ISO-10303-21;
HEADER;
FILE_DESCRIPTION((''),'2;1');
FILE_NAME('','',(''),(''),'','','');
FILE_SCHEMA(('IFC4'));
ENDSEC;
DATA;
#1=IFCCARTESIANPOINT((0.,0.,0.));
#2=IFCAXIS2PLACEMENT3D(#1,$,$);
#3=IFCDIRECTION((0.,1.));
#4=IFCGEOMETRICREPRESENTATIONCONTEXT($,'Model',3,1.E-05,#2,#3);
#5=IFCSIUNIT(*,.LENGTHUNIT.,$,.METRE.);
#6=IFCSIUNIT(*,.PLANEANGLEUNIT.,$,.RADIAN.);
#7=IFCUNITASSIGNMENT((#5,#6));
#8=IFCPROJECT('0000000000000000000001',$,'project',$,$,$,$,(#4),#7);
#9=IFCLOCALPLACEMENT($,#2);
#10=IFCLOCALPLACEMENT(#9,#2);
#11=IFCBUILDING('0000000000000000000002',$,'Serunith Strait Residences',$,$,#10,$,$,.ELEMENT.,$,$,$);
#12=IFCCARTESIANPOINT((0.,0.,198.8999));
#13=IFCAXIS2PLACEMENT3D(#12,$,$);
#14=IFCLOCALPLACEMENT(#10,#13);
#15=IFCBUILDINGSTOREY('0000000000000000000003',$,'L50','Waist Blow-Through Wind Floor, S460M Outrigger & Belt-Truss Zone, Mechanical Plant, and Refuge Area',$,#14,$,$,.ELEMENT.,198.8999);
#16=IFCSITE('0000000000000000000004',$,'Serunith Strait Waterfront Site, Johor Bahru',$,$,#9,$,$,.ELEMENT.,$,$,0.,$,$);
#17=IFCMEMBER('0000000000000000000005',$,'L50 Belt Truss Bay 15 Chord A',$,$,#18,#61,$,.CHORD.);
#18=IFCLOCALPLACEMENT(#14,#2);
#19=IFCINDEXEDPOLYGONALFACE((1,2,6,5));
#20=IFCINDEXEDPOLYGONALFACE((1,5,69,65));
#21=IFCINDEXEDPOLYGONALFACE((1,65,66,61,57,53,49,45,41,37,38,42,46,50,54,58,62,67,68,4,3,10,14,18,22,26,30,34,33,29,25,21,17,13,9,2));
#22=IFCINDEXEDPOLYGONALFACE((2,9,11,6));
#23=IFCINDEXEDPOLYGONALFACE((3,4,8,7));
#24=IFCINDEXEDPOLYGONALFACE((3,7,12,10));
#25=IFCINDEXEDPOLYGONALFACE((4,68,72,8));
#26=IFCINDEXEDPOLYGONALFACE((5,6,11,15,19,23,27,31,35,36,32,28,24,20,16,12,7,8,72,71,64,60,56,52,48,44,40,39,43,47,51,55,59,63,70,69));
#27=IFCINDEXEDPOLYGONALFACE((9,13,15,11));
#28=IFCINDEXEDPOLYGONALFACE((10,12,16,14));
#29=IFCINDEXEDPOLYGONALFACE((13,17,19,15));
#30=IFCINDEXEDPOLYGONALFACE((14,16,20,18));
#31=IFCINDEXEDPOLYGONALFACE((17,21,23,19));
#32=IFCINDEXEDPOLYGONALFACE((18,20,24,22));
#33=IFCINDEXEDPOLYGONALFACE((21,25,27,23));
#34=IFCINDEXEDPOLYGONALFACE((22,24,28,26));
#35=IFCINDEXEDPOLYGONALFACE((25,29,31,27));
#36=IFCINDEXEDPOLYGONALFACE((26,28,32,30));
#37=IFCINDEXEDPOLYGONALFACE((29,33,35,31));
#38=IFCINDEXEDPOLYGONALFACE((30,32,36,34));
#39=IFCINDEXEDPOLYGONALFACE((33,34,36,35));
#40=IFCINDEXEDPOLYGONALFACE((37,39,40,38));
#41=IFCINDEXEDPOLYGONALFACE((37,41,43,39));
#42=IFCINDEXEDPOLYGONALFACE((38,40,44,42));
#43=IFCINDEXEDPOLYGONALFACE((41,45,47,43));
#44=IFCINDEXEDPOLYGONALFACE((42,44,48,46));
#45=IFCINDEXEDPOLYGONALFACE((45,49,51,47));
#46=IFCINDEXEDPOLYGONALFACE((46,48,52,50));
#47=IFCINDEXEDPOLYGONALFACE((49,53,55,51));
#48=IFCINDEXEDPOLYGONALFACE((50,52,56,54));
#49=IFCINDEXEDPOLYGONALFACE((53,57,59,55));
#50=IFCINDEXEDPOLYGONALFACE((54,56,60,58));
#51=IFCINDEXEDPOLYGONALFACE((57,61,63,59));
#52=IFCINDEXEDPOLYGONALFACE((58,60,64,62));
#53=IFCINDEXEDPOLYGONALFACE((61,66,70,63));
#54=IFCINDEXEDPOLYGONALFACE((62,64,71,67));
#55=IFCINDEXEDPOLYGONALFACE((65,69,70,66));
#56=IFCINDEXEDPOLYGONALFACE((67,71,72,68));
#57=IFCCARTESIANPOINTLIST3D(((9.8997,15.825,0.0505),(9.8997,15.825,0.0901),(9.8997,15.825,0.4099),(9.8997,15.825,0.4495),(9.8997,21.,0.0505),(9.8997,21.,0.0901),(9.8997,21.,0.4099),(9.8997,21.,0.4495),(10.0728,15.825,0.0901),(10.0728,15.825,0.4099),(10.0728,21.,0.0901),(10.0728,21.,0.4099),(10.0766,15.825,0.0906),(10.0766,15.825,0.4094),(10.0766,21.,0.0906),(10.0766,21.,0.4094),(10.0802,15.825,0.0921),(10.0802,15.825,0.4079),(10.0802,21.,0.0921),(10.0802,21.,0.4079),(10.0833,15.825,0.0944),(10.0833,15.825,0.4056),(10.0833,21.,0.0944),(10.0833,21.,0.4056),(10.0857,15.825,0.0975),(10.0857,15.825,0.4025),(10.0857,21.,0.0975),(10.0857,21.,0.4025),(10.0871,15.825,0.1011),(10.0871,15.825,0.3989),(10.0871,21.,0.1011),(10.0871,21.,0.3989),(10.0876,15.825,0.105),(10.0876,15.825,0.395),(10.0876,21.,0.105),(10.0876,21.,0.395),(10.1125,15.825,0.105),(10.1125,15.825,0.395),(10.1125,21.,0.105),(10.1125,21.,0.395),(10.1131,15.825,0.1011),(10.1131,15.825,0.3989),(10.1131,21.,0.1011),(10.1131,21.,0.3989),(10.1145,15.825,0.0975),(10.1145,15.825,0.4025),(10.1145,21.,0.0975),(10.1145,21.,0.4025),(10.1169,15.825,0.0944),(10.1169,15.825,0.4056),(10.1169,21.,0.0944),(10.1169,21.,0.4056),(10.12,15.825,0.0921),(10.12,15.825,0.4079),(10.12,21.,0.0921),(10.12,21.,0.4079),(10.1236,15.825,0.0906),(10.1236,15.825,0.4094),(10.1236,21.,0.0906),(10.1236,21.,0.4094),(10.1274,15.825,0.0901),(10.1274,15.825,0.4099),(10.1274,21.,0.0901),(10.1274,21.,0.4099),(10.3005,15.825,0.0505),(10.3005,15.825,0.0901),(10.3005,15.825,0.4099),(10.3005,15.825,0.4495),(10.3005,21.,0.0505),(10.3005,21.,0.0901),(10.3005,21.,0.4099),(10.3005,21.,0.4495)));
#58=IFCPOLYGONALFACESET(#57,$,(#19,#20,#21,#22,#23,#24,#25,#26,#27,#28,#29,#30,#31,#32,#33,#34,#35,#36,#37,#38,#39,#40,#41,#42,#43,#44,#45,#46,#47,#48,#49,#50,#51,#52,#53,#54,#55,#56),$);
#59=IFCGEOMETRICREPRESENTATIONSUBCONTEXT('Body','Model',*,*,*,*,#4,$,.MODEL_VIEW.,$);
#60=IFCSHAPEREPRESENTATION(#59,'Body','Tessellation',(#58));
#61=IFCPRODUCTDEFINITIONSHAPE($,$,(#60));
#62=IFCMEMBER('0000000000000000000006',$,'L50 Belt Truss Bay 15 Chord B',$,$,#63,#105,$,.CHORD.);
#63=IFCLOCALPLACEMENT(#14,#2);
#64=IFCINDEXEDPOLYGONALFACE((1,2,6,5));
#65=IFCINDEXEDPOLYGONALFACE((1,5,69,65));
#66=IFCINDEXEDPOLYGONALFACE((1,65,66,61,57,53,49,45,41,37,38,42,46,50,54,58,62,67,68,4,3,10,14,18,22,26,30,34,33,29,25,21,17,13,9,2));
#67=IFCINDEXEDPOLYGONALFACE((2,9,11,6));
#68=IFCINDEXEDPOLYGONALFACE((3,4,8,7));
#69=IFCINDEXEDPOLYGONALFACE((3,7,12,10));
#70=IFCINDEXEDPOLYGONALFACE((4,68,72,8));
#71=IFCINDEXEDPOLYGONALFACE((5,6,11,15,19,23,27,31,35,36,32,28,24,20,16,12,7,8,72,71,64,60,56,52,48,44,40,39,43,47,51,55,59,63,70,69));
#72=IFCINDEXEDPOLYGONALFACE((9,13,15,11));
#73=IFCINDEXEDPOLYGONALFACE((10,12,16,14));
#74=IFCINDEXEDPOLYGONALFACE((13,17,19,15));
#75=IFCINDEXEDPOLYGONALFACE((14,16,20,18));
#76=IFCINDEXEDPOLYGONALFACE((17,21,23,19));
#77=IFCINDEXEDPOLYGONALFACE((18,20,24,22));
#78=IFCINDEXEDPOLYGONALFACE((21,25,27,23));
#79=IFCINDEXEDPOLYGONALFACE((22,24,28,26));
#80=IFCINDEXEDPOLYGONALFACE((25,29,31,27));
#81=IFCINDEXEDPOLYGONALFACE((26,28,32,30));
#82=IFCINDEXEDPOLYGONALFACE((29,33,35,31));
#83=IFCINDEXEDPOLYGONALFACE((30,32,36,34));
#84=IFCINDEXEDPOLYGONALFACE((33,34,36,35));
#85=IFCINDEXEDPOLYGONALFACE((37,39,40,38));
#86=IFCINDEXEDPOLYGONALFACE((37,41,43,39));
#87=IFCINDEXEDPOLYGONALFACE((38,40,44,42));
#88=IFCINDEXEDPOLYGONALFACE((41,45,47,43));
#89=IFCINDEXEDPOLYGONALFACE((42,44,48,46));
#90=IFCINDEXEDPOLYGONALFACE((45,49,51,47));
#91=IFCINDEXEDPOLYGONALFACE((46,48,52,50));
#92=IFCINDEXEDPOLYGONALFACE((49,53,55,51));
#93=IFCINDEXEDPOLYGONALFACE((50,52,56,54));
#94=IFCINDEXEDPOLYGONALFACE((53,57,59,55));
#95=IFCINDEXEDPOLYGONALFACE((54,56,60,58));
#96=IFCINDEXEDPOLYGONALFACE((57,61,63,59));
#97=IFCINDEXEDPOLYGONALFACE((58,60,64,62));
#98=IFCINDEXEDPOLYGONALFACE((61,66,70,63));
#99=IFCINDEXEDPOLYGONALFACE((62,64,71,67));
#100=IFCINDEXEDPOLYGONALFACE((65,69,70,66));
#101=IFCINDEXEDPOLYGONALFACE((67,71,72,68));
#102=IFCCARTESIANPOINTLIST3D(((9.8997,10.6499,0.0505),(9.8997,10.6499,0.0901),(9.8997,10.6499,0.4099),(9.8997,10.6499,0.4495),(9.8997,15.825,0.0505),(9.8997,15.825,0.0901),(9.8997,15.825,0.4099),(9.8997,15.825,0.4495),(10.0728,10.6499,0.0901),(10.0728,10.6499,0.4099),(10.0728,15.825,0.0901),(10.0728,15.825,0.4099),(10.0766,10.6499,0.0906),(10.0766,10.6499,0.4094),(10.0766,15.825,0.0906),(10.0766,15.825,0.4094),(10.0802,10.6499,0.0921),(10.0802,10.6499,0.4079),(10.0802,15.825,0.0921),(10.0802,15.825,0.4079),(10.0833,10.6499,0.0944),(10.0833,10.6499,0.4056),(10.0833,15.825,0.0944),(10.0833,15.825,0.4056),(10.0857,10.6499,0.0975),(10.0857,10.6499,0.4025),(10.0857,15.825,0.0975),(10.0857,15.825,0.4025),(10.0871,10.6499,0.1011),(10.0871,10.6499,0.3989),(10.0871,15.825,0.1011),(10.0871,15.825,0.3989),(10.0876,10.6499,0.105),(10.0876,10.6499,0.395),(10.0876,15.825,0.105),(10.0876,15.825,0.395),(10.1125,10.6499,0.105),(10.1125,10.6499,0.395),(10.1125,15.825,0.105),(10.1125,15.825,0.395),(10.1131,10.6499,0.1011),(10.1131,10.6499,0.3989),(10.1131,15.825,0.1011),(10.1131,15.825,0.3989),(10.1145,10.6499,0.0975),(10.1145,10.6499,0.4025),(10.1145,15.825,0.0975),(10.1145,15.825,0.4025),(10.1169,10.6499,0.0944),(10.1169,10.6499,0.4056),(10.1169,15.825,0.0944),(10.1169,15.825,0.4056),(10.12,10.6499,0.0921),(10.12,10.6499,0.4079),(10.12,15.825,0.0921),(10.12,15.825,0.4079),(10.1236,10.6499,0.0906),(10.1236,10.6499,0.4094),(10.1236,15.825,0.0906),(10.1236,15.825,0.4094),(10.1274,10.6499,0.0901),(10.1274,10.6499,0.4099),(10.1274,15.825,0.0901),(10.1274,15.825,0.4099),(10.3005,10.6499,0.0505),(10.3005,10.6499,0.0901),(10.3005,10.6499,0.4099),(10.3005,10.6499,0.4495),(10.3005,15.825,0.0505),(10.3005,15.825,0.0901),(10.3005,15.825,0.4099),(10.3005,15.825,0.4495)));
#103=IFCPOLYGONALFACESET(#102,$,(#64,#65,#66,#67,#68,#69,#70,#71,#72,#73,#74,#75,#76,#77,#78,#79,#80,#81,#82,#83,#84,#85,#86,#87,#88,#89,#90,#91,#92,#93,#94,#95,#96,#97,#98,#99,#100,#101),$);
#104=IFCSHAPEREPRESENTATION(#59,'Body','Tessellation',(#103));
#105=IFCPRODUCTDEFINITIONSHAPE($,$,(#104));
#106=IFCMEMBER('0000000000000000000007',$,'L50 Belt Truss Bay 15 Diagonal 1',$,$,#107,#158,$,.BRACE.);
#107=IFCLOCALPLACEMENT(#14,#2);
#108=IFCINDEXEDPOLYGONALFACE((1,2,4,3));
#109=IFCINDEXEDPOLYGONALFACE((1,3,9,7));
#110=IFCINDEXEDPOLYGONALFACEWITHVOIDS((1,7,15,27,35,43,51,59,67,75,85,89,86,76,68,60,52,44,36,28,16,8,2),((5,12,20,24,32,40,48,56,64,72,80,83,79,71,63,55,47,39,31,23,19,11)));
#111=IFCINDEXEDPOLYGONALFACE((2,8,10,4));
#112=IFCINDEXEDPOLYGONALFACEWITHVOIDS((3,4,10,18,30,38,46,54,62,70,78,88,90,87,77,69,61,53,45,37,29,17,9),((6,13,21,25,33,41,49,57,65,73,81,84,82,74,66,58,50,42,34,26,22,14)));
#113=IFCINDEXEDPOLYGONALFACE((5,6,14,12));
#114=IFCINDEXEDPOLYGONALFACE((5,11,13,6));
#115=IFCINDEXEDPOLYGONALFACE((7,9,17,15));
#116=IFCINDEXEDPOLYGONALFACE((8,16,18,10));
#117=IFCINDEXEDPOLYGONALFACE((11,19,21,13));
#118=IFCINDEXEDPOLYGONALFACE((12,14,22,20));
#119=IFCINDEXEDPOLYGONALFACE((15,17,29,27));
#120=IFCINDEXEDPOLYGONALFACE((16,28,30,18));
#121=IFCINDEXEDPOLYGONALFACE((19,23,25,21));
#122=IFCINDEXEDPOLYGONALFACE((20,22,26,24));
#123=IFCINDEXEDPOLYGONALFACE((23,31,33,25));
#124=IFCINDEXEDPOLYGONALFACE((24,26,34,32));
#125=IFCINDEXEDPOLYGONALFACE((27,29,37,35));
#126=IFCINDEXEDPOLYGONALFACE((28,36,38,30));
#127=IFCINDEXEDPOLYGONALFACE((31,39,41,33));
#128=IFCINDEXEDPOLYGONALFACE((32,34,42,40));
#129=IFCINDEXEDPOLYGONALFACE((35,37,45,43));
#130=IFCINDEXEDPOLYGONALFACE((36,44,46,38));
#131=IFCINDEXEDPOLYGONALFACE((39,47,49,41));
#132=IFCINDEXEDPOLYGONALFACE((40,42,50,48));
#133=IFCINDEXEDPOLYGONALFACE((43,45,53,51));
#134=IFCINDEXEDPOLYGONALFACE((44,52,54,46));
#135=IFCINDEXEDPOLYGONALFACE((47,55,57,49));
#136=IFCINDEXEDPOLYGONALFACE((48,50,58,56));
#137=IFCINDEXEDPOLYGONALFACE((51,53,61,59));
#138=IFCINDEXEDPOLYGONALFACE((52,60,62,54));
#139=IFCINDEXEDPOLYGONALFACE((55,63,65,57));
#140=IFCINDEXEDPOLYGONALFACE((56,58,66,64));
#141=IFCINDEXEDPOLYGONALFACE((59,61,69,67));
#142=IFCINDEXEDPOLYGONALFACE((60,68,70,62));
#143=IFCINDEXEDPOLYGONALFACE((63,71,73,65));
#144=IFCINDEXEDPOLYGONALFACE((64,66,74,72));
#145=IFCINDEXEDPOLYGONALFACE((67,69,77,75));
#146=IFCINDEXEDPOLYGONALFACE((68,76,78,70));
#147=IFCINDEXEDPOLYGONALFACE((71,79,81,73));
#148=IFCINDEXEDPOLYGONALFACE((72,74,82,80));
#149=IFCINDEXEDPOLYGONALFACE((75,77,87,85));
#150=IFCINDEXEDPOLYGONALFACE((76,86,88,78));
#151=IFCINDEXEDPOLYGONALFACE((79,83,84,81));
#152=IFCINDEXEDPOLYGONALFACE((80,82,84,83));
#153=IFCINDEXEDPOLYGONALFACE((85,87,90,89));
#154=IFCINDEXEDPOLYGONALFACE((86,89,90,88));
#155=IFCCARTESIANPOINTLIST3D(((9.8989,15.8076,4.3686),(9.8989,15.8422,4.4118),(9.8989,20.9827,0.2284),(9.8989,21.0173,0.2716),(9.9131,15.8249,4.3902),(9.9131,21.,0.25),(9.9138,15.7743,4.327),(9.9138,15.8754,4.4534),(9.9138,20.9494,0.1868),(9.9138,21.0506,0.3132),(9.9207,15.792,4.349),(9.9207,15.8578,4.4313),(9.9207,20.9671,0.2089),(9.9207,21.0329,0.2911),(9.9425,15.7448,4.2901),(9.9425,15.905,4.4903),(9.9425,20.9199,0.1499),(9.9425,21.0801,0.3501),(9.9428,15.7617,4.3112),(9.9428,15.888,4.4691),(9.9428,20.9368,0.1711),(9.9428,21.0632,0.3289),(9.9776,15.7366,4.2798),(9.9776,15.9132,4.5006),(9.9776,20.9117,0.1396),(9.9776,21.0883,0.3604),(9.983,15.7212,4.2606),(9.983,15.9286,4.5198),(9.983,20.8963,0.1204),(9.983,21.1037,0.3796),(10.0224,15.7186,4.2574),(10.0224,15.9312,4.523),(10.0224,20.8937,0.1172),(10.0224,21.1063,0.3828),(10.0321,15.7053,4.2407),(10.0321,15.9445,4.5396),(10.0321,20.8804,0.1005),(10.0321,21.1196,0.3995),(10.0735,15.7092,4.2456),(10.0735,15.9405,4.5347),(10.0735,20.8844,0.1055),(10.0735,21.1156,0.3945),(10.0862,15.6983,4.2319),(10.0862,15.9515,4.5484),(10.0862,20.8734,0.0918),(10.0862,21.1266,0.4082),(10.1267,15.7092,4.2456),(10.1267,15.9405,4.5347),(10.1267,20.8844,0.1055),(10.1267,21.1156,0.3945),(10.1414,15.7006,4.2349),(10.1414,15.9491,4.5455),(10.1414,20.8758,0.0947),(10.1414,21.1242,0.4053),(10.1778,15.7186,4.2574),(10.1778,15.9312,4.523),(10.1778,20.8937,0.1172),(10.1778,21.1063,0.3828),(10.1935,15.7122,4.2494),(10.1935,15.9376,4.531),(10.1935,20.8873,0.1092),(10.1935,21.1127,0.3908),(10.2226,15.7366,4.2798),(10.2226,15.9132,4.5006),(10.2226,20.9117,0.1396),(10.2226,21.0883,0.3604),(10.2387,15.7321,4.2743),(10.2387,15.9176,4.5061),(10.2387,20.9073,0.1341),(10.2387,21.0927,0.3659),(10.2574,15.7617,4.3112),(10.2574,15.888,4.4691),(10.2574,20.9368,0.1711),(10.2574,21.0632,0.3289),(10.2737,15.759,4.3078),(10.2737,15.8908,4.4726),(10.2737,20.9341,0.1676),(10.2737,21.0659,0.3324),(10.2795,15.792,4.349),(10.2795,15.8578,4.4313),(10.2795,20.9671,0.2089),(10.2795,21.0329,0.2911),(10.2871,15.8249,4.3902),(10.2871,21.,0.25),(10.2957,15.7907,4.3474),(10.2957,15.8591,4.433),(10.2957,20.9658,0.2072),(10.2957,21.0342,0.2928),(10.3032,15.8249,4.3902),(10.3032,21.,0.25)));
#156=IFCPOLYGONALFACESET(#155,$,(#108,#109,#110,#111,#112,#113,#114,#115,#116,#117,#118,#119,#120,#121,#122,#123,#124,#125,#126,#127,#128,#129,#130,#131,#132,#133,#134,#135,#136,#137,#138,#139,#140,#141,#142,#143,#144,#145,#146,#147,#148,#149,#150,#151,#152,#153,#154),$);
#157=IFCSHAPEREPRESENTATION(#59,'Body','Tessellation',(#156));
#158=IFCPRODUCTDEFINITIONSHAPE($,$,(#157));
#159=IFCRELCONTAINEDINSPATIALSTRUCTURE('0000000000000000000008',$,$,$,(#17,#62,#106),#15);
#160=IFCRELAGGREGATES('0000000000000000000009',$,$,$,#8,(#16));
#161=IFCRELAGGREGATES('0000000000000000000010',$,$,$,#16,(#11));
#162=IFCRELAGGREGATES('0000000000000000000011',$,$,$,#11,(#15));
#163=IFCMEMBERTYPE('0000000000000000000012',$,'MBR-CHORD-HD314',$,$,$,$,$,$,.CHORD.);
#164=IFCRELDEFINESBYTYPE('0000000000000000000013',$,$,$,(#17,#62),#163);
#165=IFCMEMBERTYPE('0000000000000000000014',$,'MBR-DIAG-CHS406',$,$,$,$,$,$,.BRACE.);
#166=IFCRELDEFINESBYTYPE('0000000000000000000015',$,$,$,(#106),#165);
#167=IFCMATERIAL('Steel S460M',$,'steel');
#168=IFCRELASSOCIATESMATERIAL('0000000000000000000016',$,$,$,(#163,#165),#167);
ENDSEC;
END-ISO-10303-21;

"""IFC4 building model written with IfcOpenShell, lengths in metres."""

from ifc_helpers import new_model, si_unit, direction, frame, origin, origin_2d, place, context, subcontext, project, spatial, hollow_circle, i_section, extrude, source, transform, mapped, material, material_profile, profile_set, type_object, element, save


model = new_model("IFC4")

# Units and contexts
model_context = context("Model", 3, precision=1e-05, world=origin(), true_north=direction((0.0, 1.0)))
body_context = subcontext(model_context, "Body", "Model", "MODEL_VIEW")
ifc_project = project(units=[si_unit("LENGTHUNIT", "METRE"), si_unit("PLANEANGLEUNIT", "RADIAN")], contexts=[model_context])

# Site, building, storey
site_placement = place(None, origin())
site = spatial("IfcSite", under=ifc_project, at=site_placement, Name="Serunith Strait Waterfront Site, Johor Bahru", CompositionType="ELEMENT", RefElevation=0.0)
building_placement = place(site_placement, origin())
building = spatial("IfcBuilding", under=site, at=building_placement, Name="Serunith Strait Residences", CompositionType="ELEMENT")
storey_placement = place(building_placement, frame((0.0, 0.0, 198.8999)))
storey = spatial("IfcBuildingStorey", under=building, at=storey_placement, Name="L50", Description="Waist Blow-Through Wind Floor, S460M Outrigger & Belt-Truss Zone, Mechanical Plant, and Refuge Area", CompositionType="ELEMENT", Elevation=198.8999)

# Members
ifc_material_1 = material(Name="Steel S460M", Category="steel")
ifc_material_profile_1 = material_profile(ifc_material_1, i_section(OverallWidth=0.4009, OverallDepth=0.3989, WebThickness=0.0249, FlangeThickness=0.0396, FilletRadius=0.0149, at=origin_2d()), Name="HD 400x314")
ifc_profile_set_1 = profile_set([ifc_material_profile_1], Name="Steel S460M")
member_type_1 = type_object("IfcMemberType", Name="MBR-CHORD-HD314", PredefinedType="CHORD", material=ifc_profile_set_1)
ifc_material_profile_2 = material_profile(ifc_material_1, hollow_circle(Radius=0.2031, WallThickness=0.0161, at=origin_2d()), Name="CHS 406.4x16")
ifc_profile_set_2 = profile_set([ifc_material_profile_2], Name="Steel S460M")
member_type_2 = type_object("IfcMemberType", Name="MBR-DIAG-CHS406", PredefinedType="BRACE", material=ifc_profile_set_2)
shared_shape_1 = source(origin(), body_context, "Body", "SweptSolid", [
    extrude(i_section(OverallWidth=0.4009, OverallDepth=0.3989, WebThickness=0.0249, FlangeThickness=0.0396, FilletRadius=0.0149, at=origin_2d()), origin(), (0.0, 0.0, 1.0), 5.175),
])
for number, where, z_axis, x_axis, name in (
    (1, (10.1001, 21.0, 0.25), (0.0, -1.0, 0.0), (1.0, 0.0, 0.0), "L50 Belt Truss Bay 15 Chord A"),
    (2, (10.1001, 15.825, 0.25), (0.0, -1.0, 0.0), (1.0, 0.0, 0.0), "L50 Belt Truss Bay 15 Chord B"),
):
    element("IfcMember", number, at=place(storey_placement, frame(where, z_axis=z_axis, x_axis=x_axis)), inside=storey, type_object=member_type_1, Name=name, PredefinedType="CHORD", context=body_context, shape_type="MappedRepresentation", body=[
        mapped(shared_shape_1, transform((0.0, 0.0, 0.0), scale=1.0)),
    ])
shared_shape_2 = source(origin(), body_context, "Body", "SweptSolid", [
    extrude(hollow_circle(Radius=0.2031, WallThickness=0.0161, at=origin_2d()), origin(), (0.0, 0.0, 1.0), 6.6274),
])
member_1_placement = place(storey_placement, frame((10.1001, 21.0, 0.25), z_axis=(0.0, -0.780862, 0.624704), x_axis=(1.0, 0.0, 0.0)))
element("IfcMember", 3, at=member_1_placement, inside=storey, type_object=member_type_2, Name="L50 Belt Truss Bay 15 Diagonal 1", PredefinedType="BRACE", context=body_context, shape_type="MappedRepresentation", body=[
    mapped(shared_shape_2, transform((0.0, 0.0, 0.0), scale=1.0)),
])

save(model, "model.ifc")
